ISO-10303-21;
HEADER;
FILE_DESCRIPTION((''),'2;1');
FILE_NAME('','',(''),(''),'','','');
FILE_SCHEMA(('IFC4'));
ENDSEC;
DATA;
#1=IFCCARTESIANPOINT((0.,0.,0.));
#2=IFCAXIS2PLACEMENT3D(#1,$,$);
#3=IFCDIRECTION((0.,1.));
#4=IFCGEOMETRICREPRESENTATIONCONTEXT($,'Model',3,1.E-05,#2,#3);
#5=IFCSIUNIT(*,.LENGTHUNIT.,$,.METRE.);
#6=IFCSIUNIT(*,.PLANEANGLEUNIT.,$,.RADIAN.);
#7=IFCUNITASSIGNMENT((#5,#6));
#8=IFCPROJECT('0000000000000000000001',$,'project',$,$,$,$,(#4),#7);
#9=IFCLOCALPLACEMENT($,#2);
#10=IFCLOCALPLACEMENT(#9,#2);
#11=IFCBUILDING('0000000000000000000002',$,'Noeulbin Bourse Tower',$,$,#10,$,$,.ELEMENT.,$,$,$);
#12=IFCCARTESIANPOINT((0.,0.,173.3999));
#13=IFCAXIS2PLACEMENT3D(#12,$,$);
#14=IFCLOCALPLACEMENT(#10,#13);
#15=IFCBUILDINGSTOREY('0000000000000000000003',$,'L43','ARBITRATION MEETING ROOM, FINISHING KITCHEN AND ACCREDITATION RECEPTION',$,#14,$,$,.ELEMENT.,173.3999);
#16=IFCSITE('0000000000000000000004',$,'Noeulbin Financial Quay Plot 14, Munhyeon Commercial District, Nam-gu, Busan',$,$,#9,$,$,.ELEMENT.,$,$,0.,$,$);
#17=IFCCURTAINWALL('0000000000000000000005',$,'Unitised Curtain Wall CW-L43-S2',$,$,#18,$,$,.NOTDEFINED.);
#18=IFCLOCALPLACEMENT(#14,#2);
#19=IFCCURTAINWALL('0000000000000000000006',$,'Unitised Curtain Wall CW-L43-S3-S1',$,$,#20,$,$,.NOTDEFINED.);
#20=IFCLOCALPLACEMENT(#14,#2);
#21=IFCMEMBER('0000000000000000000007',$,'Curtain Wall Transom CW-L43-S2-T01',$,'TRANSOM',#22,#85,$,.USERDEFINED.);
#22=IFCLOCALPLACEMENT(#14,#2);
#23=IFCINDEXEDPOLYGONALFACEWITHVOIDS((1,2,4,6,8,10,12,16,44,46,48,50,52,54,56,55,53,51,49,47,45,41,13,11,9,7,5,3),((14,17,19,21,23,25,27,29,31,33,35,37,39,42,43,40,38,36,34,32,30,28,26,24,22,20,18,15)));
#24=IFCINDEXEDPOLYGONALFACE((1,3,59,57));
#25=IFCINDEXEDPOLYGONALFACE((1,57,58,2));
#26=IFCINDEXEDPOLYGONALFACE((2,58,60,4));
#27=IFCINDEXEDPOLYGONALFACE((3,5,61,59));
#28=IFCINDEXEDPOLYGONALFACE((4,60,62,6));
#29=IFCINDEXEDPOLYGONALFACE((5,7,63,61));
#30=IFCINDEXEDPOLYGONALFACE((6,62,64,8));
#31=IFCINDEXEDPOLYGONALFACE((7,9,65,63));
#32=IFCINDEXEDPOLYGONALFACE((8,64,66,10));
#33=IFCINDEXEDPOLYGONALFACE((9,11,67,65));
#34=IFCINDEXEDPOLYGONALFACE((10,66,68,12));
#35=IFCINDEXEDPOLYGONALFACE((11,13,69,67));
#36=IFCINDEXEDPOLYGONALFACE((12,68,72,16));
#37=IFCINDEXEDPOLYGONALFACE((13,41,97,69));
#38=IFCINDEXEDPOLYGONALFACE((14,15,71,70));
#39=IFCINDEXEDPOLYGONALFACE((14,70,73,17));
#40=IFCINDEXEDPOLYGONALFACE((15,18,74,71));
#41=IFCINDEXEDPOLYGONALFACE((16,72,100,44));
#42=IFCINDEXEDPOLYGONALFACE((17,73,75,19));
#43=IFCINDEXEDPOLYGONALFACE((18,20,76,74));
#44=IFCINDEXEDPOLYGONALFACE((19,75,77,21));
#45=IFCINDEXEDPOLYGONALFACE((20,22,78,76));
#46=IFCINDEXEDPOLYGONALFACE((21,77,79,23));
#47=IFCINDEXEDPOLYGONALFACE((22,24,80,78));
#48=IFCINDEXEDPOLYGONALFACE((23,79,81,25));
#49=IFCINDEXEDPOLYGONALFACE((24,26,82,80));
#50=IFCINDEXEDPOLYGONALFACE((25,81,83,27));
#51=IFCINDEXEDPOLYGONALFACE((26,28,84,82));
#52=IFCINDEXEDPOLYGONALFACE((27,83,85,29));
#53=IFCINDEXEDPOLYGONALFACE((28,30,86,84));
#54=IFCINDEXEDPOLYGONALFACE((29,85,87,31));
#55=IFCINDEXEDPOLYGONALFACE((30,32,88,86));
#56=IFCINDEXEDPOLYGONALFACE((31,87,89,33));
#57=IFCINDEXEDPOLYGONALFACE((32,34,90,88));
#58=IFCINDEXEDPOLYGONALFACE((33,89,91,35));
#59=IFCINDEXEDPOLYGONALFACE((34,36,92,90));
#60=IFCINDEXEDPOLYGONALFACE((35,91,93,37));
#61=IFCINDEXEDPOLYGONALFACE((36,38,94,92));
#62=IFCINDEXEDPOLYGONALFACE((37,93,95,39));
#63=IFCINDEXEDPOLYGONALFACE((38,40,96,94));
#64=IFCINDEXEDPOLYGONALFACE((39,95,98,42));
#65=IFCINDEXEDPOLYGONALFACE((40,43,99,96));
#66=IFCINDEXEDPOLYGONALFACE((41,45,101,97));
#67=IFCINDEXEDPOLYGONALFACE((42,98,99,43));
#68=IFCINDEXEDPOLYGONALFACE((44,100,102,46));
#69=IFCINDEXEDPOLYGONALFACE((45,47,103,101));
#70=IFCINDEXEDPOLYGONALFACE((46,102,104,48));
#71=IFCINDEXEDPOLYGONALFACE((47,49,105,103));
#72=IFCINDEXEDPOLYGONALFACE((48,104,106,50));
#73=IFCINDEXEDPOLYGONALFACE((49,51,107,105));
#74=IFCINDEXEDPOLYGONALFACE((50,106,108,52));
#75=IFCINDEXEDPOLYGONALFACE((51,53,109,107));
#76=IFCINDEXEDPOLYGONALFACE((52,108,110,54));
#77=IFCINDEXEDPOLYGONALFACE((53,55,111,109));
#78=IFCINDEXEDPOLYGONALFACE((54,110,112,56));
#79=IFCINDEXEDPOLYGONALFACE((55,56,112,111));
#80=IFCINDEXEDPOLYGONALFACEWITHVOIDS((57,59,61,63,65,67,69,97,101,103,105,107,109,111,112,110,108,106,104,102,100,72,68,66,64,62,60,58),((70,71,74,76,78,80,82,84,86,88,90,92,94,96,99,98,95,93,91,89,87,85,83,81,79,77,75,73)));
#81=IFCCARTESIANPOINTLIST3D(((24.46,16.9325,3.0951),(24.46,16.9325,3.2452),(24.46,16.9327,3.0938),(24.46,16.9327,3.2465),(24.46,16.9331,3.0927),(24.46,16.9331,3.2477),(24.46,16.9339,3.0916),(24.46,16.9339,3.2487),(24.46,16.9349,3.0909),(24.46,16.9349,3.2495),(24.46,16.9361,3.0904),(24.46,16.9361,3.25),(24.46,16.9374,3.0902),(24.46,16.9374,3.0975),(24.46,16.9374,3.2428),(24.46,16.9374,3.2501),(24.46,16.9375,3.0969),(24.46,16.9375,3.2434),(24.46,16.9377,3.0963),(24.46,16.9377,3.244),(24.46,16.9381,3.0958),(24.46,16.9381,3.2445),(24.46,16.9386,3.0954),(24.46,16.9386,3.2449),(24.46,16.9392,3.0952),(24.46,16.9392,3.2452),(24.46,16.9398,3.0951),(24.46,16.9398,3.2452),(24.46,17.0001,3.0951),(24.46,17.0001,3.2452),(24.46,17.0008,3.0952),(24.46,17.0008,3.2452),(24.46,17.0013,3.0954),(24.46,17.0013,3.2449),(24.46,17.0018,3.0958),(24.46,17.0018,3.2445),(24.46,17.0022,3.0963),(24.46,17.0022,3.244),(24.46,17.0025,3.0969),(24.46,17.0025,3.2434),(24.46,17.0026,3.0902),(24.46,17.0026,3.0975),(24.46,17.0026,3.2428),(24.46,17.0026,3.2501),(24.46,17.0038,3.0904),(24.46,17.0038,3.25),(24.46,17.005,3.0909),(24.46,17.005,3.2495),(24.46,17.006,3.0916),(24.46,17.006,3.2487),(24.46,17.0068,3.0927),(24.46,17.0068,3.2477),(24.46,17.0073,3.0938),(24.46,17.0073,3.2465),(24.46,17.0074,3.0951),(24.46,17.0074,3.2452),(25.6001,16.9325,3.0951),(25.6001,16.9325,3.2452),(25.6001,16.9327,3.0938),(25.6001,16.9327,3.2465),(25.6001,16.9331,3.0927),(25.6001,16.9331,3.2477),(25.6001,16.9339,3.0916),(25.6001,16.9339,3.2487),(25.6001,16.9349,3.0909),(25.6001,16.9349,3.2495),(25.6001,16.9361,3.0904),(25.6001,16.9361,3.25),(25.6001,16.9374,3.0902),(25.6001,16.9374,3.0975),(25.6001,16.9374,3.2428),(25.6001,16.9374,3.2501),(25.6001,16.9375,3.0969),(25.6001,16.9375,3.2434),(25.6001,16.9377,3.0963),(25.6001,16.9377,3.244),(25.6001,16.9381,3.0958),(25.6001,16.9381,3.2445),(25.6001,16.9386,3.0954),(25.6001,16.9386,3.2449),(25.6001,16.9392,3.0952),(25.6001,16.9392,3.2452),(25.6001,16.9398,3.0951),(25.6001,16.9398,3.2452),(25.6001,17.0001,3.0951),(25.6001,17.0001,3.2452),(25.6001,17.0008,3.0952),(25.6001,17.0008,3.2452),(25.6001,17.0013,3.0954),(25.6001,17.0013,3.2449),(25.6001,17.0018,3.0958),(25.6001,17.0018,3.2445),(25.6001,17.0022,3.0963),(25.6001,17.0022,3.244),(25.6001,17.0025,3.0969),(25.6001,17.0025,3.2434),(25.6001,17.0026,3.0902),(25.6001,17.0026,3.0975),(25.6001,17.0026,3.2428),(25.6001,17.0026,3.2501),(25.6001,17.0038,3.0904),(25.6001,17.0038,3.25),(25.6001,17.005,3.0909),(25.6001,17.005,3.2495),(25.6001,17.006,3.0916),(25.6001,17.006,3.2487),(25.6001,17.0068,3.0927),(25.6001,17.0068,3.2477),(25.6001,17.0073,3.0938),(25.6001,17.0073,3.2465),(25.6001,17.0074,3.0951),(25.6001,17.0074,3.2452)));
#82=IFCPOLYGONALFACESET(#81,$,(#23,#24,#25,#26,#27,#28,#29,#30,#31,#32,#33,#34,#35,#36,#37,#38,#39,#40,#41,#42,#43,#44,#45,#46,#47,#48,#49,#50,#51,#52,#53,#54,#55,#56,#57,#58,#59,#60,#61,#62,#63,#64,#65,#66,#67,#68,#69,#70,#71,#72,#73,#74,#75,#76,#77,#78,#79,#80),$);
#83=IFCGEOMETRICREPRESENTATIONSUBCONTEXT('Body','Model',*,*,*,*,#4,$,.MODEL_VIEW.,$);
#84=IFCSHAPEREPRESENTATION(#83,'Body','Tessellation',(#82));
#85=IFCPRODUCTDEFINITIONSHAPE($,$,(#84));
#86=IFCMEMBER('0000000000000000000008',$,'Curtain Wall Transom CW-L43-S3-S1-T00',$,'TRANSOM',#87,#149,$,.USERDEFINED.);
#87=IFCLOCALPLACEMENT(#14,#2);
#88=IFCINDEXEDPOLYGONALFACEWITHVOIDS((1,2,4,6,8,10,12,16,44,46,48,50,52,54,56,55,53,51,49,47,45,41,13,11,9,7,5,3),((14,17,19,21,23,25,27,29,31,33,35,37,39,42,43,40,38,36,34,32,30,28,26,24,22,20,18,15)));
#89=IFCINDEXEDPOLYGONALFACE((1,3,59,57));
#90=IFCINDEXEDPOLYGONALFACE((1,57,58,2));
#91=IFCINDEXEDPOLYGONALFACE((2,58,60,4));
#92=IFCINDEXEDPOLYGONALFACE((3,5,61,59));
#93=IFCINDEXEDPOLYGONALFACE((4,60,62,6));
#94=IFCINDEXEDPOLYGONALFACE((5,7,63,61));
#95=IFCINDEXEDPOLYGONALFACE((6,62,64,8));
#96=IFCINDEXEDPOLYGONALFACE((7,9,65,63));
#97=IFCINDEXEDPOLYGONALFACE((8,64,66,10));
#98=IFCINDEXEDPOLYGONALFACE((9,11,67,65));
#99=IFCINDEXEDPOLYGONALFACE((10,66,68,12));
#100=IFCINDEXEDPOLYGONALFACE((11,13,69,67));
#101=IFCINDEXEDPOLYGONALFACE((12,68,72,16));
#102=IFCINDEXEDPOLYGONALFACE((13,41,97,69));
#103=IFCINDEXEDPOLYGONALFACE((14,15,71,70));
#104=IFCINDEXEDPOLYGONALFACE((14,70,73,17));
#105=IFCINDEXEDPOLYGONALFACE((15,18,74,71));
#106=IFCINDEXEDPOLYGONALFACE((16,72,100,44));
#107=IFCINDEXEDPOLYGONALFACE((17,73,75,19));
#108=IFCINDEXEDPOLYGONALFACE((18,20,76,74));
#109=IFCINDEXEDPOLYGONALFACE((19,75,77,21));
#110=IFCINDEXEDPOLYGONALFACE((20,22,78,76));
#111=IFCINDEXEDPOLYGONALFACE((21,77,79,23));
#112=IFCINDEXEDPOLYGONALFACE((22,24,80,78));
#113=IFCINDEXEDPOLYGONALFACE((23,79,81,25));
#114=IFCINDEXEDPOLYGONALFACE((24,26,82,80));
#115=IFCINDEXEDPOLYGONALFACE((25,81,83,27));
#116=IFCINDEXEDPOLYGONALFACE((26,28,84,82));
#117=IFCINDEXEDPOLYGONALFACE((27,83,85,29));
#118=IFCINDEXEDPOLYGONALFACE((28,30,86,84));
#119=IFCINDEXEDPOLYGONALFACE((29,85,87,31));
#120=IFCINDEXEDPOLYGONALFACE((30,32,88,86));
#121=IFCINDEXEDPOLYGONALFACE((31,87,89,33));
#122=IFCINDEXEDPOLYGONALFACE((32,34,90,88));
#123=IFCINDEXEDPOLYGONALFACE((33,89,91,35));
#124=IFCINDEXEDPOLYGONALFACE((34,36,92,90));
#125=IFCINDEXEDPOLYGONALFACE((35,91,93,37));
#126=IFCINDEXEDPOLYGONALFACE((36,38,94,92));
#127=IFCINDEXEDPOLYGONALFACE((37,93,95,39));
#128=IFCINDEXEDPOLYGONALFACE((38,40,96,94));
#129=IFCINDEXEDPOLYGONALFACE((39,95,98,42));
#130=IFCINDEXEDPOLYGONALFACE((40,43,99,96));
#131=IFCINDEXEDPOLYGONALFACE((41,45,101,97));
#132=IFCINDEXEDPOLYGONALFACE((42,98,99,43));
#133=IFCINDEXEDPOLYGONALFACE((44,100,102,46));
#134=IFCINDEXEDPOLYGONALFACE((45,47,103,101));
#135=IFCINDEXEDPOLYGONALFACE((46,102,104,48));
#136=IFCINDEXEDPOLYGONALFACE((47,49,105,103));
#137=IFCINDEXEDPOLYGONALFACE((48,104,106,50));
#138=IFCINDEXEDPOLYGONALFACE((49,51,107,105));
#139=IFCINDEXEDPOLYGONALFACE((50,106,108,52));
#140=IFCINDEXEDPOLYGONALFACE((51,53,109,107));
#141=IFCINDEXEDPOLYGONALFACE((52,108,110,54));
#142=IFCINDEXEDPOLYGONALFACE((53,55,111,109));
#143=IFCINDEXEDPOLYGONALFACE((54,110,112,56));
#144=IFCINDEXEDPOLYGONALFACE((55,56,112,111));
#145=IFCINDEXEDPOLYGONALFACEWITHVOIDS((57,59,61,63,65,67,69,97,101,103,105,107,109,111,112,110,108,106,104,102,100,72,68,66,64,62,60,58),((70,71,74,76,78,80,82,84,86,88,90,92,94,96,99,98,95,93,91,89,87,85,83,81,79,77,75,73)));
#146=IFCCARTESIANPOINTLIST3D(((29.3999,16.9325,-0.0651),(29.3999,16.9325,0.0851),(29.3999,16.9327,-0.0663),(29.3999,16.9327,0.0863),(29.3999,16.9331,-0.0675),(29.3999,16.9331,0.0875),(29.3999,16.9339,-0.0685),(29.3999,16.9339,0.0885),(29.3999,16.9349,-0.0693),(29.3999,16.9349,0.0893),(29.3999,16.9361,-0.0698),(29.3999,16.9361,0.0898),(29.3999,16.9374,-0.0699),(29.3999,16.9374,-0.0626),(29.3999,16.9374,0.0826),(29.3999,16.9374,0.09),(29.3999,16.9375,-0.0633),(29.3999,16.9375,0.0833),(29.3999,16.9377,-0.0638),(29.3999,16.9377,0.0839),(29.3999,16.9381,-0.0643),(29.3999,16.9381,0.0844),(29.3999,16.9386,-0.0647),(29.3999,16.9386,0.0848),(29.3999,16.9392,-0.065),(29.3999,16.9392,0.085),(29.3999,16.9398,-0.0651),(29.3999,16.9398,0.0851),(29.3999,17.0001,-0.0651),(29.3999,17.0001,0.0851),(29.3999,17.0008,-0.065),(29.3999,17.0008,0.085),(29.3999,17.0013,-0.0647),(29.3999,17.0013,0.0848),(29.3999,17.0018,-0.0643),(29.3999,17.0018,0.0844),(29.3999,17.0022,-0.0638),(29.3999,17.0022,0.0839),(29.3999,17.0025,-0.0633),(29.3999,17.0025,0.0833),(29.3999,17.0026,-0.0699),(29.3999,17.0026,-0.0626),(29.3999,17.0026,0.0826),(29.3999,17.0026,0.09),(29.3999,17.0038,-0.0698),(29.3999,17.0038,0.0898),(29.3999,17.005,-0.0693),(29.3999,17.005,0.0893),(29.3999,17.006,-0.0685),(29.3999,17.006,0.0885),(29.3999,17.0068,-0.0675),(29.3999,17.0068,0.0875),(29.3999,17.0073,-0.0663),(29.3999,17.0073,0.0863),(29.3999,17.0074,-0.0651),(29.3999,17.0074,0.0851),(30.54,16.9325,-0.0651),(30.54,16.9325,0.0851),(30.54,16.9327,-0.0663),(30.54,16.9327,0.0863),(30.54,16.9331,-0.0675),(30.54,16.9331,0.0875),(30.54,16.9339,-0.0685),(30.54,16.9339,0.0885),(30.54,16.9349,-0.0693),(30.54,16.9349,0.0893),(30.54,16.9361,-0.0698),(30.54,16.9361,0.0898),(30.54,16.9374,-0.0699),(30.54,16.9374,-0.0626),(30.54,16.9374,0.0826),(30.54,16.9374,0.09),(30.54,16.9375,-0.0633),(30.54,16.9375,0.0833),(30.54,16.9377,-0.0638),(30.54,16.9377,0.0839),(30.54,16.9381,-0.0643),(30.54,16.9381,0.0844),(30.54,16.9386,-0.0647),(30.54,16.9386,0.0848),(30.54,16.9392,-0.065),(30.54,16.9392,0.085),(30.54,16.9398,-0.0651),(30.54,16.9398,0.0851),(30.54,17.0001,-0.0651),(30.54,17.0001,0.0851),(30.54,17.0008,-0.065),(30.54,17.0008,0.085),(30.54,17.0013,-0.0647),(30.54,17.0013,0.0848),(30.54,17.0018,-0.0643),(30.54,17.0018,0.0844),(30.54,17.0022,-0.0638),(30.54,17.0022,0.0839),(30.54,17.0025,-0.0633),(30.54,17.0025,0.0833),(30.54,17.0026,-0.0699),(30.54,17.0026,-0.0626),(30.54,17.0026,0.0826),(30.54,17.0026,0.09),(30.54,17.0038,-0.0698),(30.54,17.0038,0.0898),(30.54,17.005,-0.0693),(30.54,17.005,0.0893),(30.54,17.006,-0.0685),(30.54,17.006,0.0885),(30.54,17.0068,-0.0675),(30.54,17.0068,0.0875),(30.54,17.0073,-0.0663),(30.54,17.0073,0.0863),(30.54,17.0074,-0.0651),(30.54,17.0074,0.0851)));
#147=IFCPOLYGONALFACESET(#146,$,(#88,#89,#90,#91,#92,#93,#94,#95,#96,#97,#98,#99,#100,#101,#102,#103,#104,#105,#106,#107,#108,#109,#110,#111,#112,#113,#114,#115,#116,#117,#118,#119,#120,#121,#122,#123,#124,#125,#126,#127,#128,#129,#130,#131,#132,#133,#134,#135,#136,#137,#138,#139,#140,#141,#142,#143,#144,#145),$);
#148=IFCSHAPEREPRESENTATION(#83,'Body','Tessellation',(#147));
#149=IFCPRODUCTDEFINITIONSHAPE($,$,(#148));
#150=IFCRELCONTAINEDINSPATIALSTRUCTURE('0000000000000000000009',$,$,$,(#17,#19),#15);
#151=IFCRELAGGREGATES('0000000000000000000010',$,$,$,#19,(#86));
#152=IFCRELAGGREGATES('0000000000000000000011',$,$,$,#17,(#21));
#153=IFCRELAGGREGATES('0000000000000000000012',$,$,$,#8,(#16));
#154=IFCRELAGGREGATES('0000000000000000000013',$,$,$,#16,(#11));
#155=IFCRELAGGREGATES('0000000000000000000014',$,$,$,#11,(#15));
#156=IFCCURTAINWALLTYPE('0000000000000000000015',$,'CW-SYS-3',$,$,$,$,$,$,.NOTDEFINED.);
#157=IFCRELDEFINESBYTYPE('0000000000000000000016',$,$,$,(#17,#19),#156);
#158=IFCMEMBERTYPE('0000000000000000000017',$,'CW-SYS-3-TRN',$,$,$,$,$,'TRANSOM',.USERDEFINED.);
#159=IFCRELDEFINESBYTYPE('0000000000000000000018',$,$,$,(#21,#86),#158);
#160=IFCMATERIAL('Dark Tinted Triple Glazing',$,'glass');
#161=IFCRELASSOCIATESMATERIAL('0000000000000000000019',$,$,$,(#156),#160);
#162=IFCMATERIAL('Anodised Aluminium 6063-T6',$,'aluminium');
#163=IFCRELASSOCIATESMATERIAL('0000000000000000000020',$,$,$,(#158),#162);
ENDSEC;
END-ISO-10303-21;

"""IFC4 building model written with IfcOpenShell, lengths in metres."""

from ifc_helpers import new_model, si_unit, direction, frame, origin, origin_2d, place, context, subcontext, project, spatial, hollow_rectangle, extrude, material, material_profile, profile_set, type_object, element, aggregate, save


model = new_model("IFC4")

# Units and contexts
model_context = context("Model", 3, precision=1e-05, world=origin(), true_north=direction((0.0, 1.0)))
body_context = subcontext(model_context, "Body", "Model", "MODEL_VIEW")
ifc_project = project(units=[si_unit("LENGTHUNIT", "METRE"), si_unit("PLANEANGLEUNIT", "RADIAN")], contexts=[model_context])

# Site, building, storey
site_placement = place(None, origin())
site = spatial("IfcSite", under=ifc_project, at=site_placement, Name="Noeulbin Financial Quay Plot 14, Munhyeon Commercial District, Nam-gu, Busan", CompositionType="ELEMENT", RefElevation=0.0)
building_placement = place(site_placement, origin())
building = spatial("IfcBuilding", under=site, at=building_placement, Name="Noeulbin Bourse Tower", CompositionType="ELEMENT")
storey_placement = place(building_placement, frame((0.0, 0.0, 173.3999)))
storey = spatial("IfcBuildingStorey", under=building, at=storey_placement, Name="L43", Description="ARBITRATION MEETING ROOM, FINISHING KITCHEN AND ACCREDITATION RECEPTION", CompositionType="ELEMENT", Elevation=173.3999)

# Shared definitions
ifc_material_1 = material(Name="Dark Tinted Triple Glazing", Category="glass")
curtain_wall_type = type_object("IfcCurtainWallType", Name="CW-SYS-3", PredefinedType="NOTDEFINED", material=ifc_material_1)
ifc_material_2 = material(Name="Anodised Aluminium 6063-T6", Category="aluminium")

# Curtain walls
curtain_wall_1_placement = place(storey_placement, origin())
curtain_wall_1 = element("IfcCurtainWall", 1, at=curtain_wall_1_placement, inside=storey, type_object=curtain_wall_type, Name="Unitised Curtain Wall CW-L43-S2", PredefinedType="NOTDEFINED")
curtain_wall_2_placement = place(storey_placement, origin())
curtain_wall_2 = element("IfcCurtainWall", 2, at=curtain_wall_2_placement, inside=storey, type_object=curtain_wall_type, Name="Unitised Curtain Wall CW-L43-S3-S1", PredefinedType="NOTDEFINED")

# Members
ifc_material_profile_1 = material_profile(ifc_material_2, hollow_rectangle(XDim=0.075, YDim=0.1599, WallThickness=0.0049, InnerFilletRadius=0.0024, OuterFilletRadius=0.0049, at=origin_2d()), Name="ALU-TRAN-75x160x5", Category="LoadBearing")
ifc_profile_set_1 = profile_set([ifc_material_profile_1], Name="Anodised Aluminium 6063-T6")
member_type_1 = type_object("IfcMemberType", Name="CW-SYS-3-TRN", ElementType="TRANSOM", PredefinedType="USERDEFINED", material=ifc_profile_set_1)
member_1_placement = place(storey_placement, frame((24.46, 16.97, 3.1702), z_axis=(1.0, 0.0, 0.0), x_axis=(0.0, 1.0, 0.0)))
member_1 = element("IfcMember", 3, at=member_1_placement, type_object=member_type_1, Name="Curtain Wall Transom CW-L43-S2-T01", ObjectType="TRANSOM", PredefinedType="USERDEFINED", context=body_context, shape_type="SweptSolid", body=[
    extrude(hollow_rectangle(XDim=0.075, YDim=0.1599, WallThickness=0.0049, InnerFilletRadius=0.0024, OuterFilletRadius=0.0049, at=origin_2d()), origin(), (0.0, 0.0, 1.0), 1.1401),
])
member_2_placement = place(storey_placement, frame((29.3999, 16.97, 0.01), z_axis=(1.0, 0.0, 0.0), x_axis=(0.0, 1.0, 0.0)))
member_2 = element("IfcMember", 4, at=member_2_placement, type_object=member_type_1, Name="Curtain Wall Transom CW-L43-S3-S1-T00", ObjectType="TRANSOM", PredefinedType="USERDEFINED", context=body_context, shape_type="SweptSolid", body=[
    extrude(hollow_rectangle(XDim=0.075, YDim=0.1599, WallThickness=0.0049, InnerFilletRadius=0.0024, OuterFilletRadius=0.0049, at=origin_2d()), origin(), (0.0, 0.0, 1.0), 1.1401),
])
aggregate(curtain_wall_2, [member_2])

aggregate(curtain_wall_1, [member_1])

save(model, "model.ifc")
